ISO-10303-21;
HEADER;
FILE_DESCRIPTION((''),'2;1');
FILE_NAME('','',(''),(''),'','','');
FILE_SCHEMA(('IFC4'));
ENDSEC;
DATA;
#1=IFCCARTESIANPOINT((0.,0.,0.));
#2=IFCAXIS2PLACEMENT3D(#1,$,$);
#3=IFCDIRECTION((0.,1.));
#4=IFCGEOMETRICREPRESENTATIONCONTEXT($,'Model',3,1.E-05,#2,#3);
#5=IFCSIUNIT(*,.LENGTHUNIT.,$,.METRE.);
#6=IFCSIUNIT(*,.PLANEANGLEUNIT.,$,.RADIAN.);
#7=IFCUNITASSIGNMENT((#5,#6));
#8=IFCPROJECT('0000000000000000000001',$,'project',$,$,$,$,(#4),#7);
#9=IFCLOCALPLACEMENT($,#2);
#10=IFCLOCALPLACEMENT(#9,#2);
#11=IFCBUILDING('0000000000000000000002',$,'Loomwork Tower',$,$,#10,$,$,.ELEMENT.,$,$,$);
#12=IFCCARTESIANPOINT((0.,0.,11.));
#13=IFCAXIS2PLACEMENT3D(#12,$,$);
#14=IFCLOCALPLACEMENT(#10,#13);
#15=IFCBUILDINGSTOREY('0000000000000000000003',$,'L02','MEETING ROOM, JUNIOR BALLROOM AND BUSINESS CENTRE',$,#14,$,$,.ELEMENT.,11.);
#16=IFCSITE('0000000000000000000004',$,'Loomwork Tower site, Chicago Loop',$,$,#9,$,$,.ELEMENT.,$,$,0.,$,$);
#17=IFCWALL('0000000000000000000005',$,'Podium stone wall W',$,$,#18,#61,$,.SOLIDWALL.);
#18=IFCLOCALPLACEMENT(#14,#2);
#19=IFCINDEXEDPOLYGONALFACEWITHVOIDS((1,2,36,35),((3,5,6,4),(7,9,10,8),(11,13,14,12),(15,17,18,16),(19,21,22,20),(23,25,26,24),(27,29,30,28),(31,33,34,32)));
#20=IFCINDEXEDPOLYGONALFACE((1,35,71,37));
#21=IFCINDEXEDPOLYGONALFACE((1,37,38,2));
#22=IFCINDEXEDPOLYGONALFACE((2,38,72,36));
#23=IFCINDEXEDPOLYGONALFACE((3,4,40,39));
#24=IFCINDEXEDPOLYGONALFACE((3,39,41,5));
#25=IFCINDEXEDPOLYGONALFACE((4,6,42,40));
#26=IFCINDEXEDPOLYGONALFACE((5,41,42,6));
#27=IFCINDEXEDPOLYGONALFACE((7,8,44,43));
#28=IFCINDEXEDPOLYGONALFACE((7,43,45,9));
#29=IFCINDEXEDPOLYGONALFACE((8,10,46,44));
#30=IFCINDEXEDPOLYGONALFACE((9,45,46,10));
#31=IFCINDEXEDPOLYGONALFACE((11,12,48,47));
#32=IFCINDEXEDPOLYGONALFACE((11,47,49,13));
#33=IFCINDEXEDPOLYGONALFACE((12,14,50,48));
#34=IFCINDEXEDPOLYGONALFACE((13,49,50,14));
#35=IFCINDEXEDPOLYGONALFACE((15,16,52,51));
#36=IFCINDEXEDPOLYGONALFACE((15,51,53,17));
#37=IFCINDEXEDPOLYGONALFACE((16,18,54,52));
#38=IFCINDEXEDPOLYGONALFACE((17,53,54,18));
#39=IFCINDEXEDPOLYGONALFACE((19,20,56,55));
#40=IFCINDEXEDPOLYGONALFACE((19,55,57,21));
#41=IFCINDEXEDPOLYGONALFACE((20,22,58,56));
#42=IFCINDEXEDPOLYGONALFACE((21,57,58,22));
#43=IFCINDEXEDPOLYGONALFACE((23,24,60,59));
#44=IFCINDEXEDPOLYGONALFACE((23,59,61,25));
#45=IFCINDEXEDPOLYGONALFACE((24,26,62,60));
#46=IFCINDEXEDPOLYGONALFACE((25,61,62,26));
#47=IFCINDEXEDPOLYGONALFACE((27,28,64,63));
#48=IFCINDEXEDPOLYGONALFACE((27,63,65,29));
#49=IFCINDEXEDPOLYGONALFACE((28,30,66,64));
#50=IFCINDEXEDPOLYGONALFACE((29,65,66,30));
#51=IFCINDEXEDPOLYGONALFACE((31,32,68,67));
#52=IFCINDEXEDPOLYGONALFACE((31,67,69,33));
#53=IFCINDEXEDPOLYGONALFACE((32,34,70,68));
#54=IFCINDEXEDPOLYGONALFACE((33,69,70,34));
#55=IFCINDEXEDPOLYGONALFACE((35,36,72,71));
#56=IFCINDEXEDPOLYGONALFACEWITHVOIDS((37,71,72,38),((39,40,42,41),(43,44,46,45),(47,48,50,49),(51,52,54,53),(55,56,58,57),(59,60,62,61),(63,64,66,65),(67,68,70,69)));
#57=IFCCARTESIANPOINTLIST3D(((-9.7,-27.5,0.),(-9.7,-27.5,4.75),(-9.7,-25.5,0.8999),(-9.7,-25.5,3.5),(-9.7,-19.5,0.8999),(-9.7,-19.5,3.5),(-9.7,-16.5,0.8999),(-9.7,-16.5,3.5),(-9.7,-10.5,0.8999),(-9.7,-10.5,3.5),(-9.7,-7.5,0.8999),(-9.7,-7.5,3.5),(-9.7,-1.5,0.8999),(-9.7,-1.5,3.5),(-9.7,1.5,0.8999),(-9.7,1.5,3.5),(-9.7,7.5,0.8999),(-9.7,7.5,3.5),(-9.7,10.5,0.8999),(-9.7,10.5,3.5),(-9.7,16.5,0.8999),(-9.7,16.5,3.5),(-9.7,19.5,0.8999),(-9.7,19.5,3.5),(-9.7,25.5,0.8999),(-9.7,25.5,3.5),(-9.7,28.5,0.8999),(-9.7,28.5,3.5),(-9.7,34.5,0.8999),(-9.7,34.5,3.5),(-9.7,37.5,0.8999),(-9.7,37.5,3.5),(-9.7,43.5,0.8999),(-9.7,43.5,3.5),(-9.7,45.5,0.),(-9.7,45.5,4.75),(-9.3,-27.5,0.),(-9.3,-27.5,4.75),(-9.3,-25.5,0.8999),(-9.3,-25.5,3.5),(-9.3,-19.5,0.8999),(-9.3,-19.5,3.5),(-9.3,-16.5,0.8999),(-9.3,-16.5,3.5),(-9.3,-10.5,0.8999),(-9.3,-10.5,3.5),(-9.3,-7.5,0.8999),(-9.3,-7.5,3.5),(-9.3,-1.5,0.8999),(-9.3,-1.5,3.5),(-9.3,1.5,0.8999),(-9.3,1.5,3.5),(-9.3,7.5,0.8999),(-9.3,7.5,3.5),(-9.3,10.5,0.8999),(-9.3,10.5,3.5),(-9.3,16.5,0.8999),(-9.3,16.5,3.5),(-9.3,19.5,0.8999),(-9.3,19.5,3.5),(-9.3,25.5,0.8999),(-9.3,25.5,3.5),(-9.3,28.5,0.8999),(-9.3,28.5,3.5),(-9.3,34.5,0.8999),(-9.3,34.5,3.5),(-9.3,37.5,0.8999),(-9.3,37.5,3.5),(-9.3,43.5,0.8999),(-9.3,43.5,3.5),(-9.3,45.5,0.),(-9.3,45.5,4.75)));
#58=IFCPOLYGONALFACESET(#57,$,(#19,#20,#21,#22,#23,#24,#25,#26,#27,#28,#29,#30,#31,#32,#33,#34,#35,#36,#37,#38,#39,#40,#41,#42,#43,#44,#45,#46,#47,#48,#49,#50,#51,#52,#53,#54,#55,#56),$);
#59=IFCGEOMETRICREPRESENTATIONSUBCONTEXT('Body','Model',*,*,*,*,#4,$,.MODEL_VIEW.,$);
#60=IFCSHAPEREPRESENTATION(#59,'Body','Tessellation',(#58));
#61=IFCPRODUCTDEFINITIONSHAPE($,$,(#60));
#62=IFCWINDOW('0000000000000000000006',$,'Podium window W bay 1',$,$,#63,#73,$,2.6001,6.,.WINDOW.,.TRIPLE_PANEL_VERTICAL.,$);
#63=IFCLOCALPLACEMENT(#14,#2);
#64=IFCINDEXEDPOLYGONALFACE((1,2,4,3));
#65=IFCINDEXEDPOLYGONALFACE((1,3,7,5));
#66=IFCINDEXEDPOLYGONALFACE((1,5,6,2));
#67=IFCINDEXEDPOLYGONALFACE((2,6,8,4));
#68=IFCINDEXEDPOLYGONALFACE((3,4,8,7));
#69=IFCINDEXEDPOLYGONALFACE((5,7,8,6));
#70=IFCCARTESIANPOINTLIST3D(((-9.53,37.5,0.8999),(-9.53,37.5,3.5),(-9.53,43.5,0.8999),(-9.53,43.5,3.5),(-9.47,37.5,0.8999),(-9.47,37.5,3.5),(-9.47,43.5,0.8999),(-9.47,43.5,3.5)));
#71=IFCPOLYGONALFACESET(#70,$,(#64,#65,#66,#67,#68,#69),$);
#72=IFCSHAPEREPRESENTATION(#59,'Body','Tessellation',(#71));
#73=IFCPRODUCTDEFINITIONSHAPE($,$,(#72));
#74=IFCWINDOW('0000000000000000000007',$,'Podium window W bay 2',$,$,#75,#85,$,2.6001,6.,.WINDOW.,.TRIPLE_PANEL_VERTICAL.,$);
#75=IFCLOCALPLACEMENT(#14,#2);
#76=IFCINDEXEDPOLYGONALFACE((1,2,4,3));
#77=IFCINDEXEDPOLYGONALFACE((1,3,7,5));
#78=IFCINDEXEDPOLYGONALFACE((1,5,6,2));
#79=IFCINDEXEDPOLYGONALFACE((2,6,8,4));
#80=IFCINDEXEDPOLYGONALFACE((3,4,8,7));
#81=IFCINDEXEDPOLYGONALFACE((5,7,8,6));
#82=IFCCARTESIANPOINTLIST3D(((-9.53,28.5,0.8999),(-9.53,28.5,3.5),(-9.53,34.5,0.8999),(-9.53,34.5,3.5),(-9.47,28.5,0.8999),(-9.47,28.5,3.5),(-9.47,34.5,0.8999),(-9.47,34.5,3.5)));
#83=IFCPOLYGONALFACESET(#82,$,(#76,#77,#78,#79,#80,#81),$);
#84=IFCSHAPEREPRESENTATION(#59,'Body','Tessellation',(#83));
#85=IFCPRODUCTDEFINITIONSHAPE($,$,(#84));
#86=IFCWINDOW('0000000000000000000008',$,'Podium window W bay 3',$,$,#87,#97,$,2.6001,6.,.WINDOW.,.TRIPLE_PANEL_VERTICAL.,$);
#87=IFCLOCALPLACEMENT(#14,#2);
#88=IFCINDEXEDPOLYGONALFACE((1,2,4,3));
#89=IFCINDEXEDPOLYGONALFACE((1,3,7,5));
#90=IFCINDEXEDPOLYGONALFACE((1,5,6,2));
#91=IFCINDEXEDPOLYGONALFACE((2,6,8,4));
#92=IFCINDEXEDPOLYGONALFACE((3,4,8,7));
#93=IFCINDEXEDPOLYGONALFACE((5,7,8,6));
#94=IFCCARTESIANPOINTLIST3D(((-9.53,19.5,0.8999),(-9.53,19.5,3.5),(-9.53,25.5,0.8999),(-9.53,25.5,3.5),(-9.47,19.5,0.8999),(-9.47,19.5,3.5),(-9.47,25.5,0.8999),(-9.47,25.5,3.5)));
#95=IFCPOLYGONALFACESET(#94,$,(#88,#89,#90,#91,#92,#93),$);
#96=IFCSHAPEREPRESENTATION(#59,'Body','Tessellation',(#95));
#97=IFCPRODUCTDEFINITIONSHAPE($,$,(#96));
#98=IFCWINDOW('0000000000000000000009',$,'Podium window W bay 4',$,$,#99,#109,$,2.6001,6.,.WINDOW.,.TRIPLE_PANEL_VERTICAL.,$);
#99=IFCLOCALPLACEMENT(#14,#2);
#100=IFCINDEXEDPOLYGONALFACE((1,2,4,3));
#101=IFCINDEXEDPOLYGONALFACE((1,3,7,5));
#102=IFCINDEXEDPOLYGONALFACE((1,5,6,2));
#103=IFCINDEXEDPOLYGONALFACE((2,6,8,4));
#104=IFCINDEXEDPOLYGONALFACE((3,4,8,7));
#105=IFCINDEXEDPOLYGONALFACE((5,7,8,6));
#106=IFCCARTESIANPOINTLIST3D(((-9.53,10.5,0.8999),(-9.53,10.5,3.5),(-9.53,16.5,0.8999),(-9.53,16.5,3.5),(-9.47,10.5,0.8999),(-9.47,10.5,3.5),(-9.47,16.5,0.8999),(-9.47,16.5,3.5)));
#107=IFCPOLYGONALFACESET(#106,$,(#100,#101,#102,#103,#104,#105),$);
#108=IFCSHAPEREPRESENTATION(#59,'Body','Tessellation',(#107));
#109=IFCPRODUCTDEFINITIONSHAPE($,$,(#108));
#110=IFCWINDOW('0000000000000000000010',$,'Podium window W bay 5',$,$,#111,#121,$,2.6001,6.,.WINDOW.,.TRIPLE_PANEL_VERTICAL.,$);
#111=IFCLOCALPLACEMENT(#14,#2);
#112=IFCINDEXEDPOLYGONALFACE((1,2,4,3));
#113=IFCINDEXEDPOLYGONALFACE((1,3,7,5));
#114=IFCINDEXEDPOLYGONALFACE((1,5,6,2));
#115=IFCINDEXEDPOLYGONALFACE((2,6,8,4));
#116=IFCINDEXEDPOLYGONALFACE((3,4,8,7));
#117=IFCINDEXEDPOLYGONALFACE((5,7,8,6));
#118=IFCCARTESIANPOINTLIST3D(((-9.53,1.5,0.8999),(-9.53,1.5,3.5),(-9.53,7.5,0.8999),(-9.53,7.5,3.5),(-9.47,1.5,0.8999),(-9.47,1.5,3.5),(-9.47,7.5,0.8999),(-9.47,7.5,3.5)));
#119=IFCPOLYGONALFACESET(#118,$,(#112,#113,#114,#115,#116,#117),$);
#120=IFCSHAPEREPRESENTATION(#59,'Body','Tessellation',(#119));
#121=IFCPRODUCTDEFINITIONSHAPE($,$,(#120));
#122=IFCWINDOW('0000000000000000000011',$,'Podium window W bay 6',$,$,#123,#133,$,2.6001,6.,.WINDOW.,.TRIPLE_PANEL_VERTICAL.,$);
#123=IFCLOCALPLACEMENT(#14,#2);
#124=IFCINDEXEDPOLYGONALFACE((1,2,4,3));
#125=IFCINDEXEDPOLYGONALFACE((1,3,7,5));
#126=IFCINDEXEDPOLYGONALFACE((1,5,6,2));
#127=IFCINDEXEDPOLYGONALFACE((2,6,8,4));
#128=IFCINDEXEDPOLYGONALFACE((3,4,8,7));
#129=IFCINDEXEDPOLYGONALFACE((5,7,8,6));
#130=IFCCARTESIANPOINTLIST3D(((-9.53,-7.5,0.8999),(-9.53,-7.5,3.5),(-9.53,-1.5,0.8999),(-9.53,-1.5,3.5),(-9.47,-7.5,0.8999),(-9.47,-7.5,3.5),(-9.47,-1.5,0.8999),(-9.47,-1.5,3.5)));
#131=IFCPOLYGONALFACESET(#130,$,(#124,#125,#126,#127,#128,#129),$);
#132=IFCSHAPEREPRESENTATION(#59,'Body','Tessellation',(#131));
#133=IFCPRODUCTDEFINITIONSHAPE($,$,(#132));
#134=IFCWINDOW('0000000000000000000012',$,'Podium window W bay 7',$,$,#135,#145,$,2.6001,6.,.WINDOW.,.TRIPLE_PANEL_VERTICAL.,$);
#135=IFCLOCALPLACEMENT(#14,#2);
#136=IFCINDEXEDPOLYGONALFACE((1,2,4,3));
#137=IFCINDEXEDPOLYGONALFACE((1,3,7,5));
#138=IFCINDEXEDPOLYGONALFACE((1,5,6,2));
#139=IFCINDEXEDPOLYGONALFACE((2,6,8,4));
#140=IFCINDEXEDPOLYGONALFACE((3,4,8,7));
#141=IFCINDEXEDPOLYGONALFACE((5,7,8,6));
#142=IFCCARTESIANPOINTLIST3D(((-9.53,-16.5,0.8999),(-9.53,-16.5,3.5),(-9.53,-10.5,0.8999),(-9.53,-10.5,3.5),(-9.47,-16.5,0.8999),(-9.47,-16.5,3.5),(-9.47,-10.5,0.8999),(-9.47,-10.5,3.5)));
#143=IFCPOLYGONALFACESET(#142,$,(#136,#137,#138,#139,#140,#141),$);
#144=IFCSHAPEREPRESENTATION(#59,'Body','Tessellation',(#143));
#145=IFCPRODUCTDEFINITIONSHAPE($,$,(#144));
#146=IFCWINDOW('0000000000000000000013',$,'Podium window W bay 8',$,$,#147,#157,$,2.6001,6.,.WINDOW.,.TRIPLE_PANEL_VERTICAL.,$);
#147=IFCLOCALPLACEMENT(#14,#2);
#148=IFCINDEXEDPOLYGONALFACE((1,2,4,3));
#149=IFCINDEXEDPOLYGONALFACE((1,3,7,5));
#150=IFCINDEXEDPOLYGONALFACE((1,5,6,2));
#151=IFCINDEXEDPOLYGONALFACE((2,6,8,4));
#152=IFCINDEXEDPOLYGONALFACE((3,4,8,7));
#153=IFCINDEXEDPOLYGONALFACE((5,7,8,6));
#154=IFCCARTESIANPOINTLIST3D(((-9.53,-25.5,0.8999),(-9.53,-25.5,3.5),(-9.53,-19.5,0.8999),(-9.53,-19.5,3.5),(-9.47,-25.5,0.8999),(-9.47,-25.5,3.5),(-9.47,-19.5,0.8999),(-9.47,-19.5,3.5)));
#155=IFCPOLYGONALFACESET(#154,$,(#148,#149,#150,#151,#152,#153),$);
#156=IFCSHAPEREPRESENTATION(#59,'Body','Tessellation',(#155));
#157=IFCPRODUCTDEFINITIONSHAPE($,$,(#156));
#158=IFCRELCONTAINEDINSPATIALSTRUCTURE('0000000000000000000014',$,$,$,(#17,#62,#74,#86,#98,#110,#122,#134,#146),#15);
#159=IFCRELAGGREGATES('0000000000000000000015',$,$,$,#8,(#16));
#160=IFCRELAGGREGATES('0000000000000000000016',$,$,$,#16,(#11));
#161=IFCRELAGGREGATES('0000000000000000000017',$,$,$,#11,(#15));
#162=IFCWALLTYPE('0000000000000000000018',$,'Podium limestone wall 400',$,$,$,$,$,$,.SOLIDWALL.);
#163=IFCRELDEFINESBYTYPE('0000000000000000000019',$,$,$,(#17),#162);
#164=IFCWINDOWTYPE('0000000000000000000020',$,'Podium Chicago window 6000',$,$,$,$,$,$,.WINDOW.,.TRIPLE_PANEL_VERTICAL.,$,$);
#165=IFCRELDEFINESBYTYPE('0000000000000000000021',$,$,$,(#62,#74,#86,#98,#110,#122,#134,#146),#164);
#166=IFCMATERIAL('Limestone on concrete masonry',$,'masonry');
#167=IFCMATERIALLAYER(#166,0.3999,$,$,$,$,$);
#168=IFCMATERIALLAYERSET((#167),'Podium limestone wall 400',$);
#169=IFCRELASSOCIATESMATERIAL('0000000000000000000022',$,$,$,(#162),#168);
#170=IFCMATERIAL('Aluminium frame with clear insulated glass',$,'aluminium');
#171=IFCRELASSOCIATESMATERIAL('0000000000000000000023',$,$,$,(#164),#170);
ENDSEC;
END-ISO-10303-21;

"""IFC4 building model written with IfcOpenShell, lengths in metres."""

from ifc_helpers import new_model, si_unit, direction, frame, frame_2d, origin, place, context, subcontext, project, spatial, rectangle, extrude, material, layer, layer_set, type_object, element, fill, save


model = new_model("IFC4")

# Units and contexts
model_context = context("Model", 3, precision=1e-05, world=origin(), true_north=direction((0.0, 1.0)))
body_context = subcontext(model_context, "Body", "Model", "MODEL_VIEW")
ifc_project = project(units=[si_unit("LENGTHUNIT", "METRE"), si_unit("PLANEANGLEUNIT", "RADIAN")], contexts=[model_context])

# Site, building, storey
site_placement = place(None, origin())
site = spatial("IfcSite", under=ifc_project, at=site_placement, Name="Loomwork Tower site, Chicago Loop", CompositionType="ELEMENT", RefElevation=0.0)
building_placement = place(site_placement, origin())
building = spatial("IfcBuilding", under=site, at=building_placement, Name="Loomwork Tower", CompositionType="ELEMENT")
storey_placement = place(building_placement, frame((0.0, 0.0, 11.0)))
storey = spatial("IfcBuildingStorey", under=building, at=storey_placement, Name="L02", Description="MEETING ROOM, JUNIOR BALLROOM AND BUSINESS CENTRE", CompositionType="ELEMENT", Elevation=11.0)

# Wall, openings, windows
ifc_material_1 = material(Name="Limestone on concrete masonry", Category="masonry")
ifc_layer_1 = layer(ifc_material_1, 0.3999)
ifc_layer_set_1 = layer_set([ifc_layer_1], Name="Podium limestone wall 400")
wall_type_1 = type_object("IfcWallType", Name="Podium limestone wall 400", PredefinedType="SOLIDWALL", material=ifc_layer_set_1)
wall_1_placement = place(storey_placement, frame((-9.5, 45.5, 0.0), z_axis=(0.0, 0.0, 1.0), x_axis=(0.0, -1.0, 0.0)))
wall_1 = element("IfcWall", 1, at=wall_1_placement, inside=storey, type_object=wall_type_1, Name="Podium stone wall W", PredefinedType="SOLIDWALL", context=body_context, shape_type="SweptSolid", body=[
    extrude(rectangle(XDim=73.0, YDim=0.3999, at=frame_2d((36.5, 0.0))), origin(), (0.0, 0.0, 1.0), 4.75),
])
opening_1_placement = place(wall_1_placement, frame((2.0, 0.0, 0.8999)))
opening_1 = element("IfcOpeningElement", 2, at=opening_1_placement, cuts=wall_1, PredefinedType="OPENING", context=body_context, shape_type="SweptSolid", body=[
    extrude(rectangle(XDim=6.0, YDim=2.6001, at=frame_2d((3.0, 1.3))), frame((0.0, 0.21, 0.0), z_axis=(0.0, -1.0, 0.0), x_axis=(1.0, 0.0, 0.0)), (0.0, 0.0, 1.0), 0.4199),
])
opening_2_placement = place(wall_1_placement, frame((11.0, 0.0, 0.8999)))
opening_2 = element("IfcOpeningElement", 3, at=opening_2_placement, cuts=wall_1, PredefinedType="OPENING", context=body_context, shape_type="SweptSolid", body=[
    extrude(rectangle(XDim=6.0, YDim=2.6001, at=frame_2d((3.0, 1.3))), frame((0.0, 0.21, 0.0), z_axis=(0.0, -1.0, 0.0), x_axis=(1.0, 0.0, 0.0)), (0.0, 0.0, 1.0), 0.4199),
])
opening_3_placement = place(wall_1_placement, frame((20.0, 0.0, 0.8999)))
opening_3 = element("IfcOpeningElement", 4, at=opening_3_placement, cuts=wall_1, PredefinedType="OPENING", context=body_context, shape_type="SweptSolid", body=[
    extrude(rectangle(XDim=6.0, YDim=2.6001, at=frame_2d((3.0, 1.3))), frame((0.0, 0.21, 0.0), z_axis=(0.0, -1.0, 0.0), x_axis=(1.0, 0.0, 0.0)), (0.0, 0.0, 1.0), 0.4199),
])
opening_4_placement = place(wall_1_placement, frame((29.0, 0.0, 0.8999)))
opening_4 = element("IfcOpeningElement", 5, at=opening_4_placement, cuts=wall_1, PredefinedType="OPENING", context=body_context, shape_type="SweptSolid", body=[
    extrude(rectangle(XDim=6.0, YDim=2.6001, at=frame_2d((3.0, 1.3))), frame((0.0, 0.21, 0.0), z_axis=(0.0, -1.0, 0.0), x_axis=(1.0, 0.0, 0.0)), (0.0, 0.0, 1.0), 0.4199),
])
opening_5_placement = place(wall_1_placement, frame((38.0, 0.0, 0.8999)))
opening_5 = element("IfcOpeningElement", 6, at=opening_5_placement, cuts=wall_1, PredefinedType="OPENING", context=body_context, shape_type="SweptSolid", body=[
    extrude(rectangle(XDim=6.0, YDim=2.6001, at=frame_2d((3.0, 1.3))), frame((0.0, 0.21, 0.0), z_axis=(0.0, -1.0, 0.0), x_axis=(1.0, 0.0, 0.0)), (0.0, 0.0, 1.0), 0.4199),
])
opening_6_placement = place(wall_1_placement, frame((47.0, 0.0, 0.8999)))
opening_6 = element("IfcOpeningElement", 7, at=opening_6_placement, cuts=wall_1, PredefinedType="OPENING", context=body_context, shape_type="SweptSolid", body=[
    extrude(rectangle(XDim=6.0, YDim=2.6001, at=frame_2d((3.0, 1.3))), frame((0.0, 0.21, 0.0), z_axis=(0.0, -1.0, 0.0), x_axis=(1.0, 0.0, 0.0)), (0.0, 0.0, 1.0), 0.4199),
])
opening_7_placement = place(wall_1_placement, frame((56.0, 0.0, 0.8999)))
opening_7 = element("IfcOpeningElement", 8, at=opening_7_placement, cuts=wall_1, PredefinedType="OPENING", context=body_context, shape_type="SweptSolid", body=[
    extrude(rectangle(XDim=6.0, YDim=2.6001, at=frame_2d((3.0, 1.3))), frame((0.0, 0.21, 0.0), z_axis=(0.0, -1.0, 0.0), x_axis=(1.0, 0.0, 0.0)), (0.0, 0.0, 1.0), 0.4199),
])
opening_8_placement = place(wall_1_placement, frame((65.0, 0.0, 0.8999)))
opening_8 = element("IfcOpeningElement", 9, at=opening_8_placement, cuts=wall_1, PredefinedType="OPENING", context=body_context, shape_type="SweptSolid", body=[
    extrude(rectangle(XDim=6.0, YDim=2.6001, at=frame_2d((3.0, 1.3))), frame((0.0, 0.21, 0.0), z_axis=(0.0, -1.0, 0.0), x_axis=(1.0, 0.0, 0.0)), (0.0, 0.0, 1.0), 0.4199),
])
ifc_material_2 = material(Name="Aluminium frame with clear insulated glass", Category="aluminium")
window_type = type_object("IfcWindowType", Name="Podium Chicago window 6000", PartitioningType="TRIPLE_PANEL_VERTICAL", PredefinedType="WINDOW", material=ifc_material_2)
window_1_placement = place(opening_1_placement, origin())
window_1 = element("IfcWindow", 10, at=window_1_placement, inside=storey, type_object=window_type, Name="Podium window W bay 1", OverallHeight=2.6001, OverallWidth=6.0, PartitioningType="TRIPLE_PANEL_VERTICAL", PredefinedType="WINDOW", context=body_context, shape_type="SweptSolid", body=[
    extrude(rectangle(XDim=6.0, YDim=2.6001, at=frame_2d((3.0, 1.3))), frame((0.0, 0.03, 0.0), z_axis=(0.0, -1.0, 0.0), x_axis=(1.0, 0.0, 0.0)), (0.0, 0.0, 1.0), 0.0601),
])
fill(opening_1, window_1)
window_2_placement = place(opening_2_placement, origin())
window_2 = element("IfcWindow", 11, at=window_2_placement, inside=storey, type_object=window_type, Name="Podium window W bay 2", OverallHeight=2.6001, OverallWidth=6.0, PartitioningType="TRIPLE_PANEL_VERTICAL", PredefinedType="WINDOW", context=body_context, shape_type="SweptSolid", body=[
    extrude(rectangle(XDim=6.0, YDim=2.6001, at=frame_2d((3.0, 1.3))), frame((0.0, 0.03, 0.0), z_axis=(0.0, -1.0, 0.0), x_axis=(1.0, 0.0, 0.0)), (0.0, 0.0, 1.0), 0.0601),
])
fill(opening_2, window_2)
window_3_placement = place(opening_3_placement, origin())
window_3 = element("IfcWindow", 12, at=window_3_placement, inside=storey, type_object=window_type, Name="Podium window W bay 3", OverallHeight=2.6001, OverallWidth=6.0, PartitioningType="TRIPLE_PANEL_VERTICAL", PredefinedType="WINDOW", context=body_context, shape_type="SweptSolid", body=[
    extrude(rectangle(XDim=6.0, YDim=2.6001, at=frame_2d((3.0, 1.3))), frame((0.0, 0.03, 0.0), z_axis=(0.0, -1.0, 0.0), x_axis=(1.0, 0.0, 0.0)), (0.0, 0.0, 1.0), 0.0601),
])
fill(opening_3, window_3)
window_4_placement = place(opening_4_placement, origin())
window_4 = element("IfcWindow", 13, at=window_4_placement, inside=storey, type_object=window_type, Name="Podium window W bay 4", OverallHeight=2.6001, OverallWidth=6.0, PartitioningType="TRIPLE_PANEL_VERTICAL", PredefinedType="WINDOW", context=body_context, shape_type="SweptSolid", body=[
    extrude(rectangle(XDim=6.0, YDim=2.6001, at=frame_2d((3.0, 1.3))), frame((0.0, 0.03, 0.0), z_axis=(0.0, -1.0, 0.0), x_axis=(1.0, 0.0, 0.0)), (0.0, 0.0, 1.0), 0.0601),
])
fill(opening_4, window_4)
window_5_placement = place(opening_5_placement, origin())
window_5 = element("IfcWindow", 14, at=window_5_placement, inside=storey, type_object=window_type, Name="Podium window W bay 5", OverallHeight=2.6001, OverallWidth=6.0, PartitioningType="TRIPLE_PANEL_VERTICAL", PredefinedType="WINDOW", context=body_context, shape_type="SweptSolid", body=[
    extrude(rectangle(XDim=6.0, YDim=2.6001, at=frame_2d((3.0, 1.3))), frame((0.0, 0.03, 0.0), z_axis=(0.0, -1.0, 0.0), x_axis=(1.0, 0.0, 0.0)), (0.0, 0.0, 1.0), 0.0601),
])
fill(opening_5, window_5)
window_6_placement = place(opening_6_placement, origin())
window_6 = element("IfcWindow", 15, at=window_6_placement, inside=storey, type_object=window_type, Name="Podium window W bay 6", OverallHeight=2.6001, OverallWidth=6.0, PartitioningType="TRIPLE_PANEL_VERTICAL", PredefinedType="WINDOW", context=body_context, shape_type="SweptSolid", body=[
    extrude(rectangle(XDim=6.0, YDim=2.6001, at=frame_2d((3.0, 1.3))), frame((0.0, 0.03, 0.0), z_axis=(0.0, -1.0, 0.0), x_axis=(1.0, 0.0, 0.0)), (0.0, 0.0, 1.0), 0.0601),
])
fill(opening_6, window_6)
window_7_placement = place(opening_7_placement, origin())
window_7 = element("IfcWindow", 16, at=window_7_placement, inside=storey, type_object=window_type, Name="Podium window W bay 7", OverallHeight=2.6001, OverallWidth=6.0, PartitioningType="TRIPLE_PANEL_VERTICAL", PredefinedType="WINDOW", context=body_context, shape_type="SweptSolid", body=[
    extrude(rectangle(XDim=6.0, YDim=2.6001, at=frame_2d((3.0, 1.3))), frame((0.0, 0.03, 0.0), z_axis=(0.0, -1.0, 0.0), x_axis=(1.0, 0.0, 0.0)), (0.0, 0.0, 1.0), 0.0601),
])
fill(opening_7, window_7)
window_8_placement = place(opening_8_placement, origin())
window_8 = element("IfcWindow", 17, at=window_8_placement, inside=storey, type_object=window_type, Name="Podium window W bay 8", OverallHeight=2.6001, OverallWidth=6.0, PartitioningType="TRIPLE_PANEL_VERTICAL", PredefinedType="WINDOW", context=body_context, shape_type="SweptSolid", body=[
    extrude(rectangle(XDim=6.0, YDim=2.6001, at=frame_2d((3.0, 1.3))), frame((0.0, 0.03, 0.0), z_axis=(0.0, -1.0, 0.0), x_axis=(1.0, 0.0, 0.0)), (0.0, 0.0, 1.0), 0.0601),
])
fill(opening_8, window_8)

save(model, "model.ifc")
